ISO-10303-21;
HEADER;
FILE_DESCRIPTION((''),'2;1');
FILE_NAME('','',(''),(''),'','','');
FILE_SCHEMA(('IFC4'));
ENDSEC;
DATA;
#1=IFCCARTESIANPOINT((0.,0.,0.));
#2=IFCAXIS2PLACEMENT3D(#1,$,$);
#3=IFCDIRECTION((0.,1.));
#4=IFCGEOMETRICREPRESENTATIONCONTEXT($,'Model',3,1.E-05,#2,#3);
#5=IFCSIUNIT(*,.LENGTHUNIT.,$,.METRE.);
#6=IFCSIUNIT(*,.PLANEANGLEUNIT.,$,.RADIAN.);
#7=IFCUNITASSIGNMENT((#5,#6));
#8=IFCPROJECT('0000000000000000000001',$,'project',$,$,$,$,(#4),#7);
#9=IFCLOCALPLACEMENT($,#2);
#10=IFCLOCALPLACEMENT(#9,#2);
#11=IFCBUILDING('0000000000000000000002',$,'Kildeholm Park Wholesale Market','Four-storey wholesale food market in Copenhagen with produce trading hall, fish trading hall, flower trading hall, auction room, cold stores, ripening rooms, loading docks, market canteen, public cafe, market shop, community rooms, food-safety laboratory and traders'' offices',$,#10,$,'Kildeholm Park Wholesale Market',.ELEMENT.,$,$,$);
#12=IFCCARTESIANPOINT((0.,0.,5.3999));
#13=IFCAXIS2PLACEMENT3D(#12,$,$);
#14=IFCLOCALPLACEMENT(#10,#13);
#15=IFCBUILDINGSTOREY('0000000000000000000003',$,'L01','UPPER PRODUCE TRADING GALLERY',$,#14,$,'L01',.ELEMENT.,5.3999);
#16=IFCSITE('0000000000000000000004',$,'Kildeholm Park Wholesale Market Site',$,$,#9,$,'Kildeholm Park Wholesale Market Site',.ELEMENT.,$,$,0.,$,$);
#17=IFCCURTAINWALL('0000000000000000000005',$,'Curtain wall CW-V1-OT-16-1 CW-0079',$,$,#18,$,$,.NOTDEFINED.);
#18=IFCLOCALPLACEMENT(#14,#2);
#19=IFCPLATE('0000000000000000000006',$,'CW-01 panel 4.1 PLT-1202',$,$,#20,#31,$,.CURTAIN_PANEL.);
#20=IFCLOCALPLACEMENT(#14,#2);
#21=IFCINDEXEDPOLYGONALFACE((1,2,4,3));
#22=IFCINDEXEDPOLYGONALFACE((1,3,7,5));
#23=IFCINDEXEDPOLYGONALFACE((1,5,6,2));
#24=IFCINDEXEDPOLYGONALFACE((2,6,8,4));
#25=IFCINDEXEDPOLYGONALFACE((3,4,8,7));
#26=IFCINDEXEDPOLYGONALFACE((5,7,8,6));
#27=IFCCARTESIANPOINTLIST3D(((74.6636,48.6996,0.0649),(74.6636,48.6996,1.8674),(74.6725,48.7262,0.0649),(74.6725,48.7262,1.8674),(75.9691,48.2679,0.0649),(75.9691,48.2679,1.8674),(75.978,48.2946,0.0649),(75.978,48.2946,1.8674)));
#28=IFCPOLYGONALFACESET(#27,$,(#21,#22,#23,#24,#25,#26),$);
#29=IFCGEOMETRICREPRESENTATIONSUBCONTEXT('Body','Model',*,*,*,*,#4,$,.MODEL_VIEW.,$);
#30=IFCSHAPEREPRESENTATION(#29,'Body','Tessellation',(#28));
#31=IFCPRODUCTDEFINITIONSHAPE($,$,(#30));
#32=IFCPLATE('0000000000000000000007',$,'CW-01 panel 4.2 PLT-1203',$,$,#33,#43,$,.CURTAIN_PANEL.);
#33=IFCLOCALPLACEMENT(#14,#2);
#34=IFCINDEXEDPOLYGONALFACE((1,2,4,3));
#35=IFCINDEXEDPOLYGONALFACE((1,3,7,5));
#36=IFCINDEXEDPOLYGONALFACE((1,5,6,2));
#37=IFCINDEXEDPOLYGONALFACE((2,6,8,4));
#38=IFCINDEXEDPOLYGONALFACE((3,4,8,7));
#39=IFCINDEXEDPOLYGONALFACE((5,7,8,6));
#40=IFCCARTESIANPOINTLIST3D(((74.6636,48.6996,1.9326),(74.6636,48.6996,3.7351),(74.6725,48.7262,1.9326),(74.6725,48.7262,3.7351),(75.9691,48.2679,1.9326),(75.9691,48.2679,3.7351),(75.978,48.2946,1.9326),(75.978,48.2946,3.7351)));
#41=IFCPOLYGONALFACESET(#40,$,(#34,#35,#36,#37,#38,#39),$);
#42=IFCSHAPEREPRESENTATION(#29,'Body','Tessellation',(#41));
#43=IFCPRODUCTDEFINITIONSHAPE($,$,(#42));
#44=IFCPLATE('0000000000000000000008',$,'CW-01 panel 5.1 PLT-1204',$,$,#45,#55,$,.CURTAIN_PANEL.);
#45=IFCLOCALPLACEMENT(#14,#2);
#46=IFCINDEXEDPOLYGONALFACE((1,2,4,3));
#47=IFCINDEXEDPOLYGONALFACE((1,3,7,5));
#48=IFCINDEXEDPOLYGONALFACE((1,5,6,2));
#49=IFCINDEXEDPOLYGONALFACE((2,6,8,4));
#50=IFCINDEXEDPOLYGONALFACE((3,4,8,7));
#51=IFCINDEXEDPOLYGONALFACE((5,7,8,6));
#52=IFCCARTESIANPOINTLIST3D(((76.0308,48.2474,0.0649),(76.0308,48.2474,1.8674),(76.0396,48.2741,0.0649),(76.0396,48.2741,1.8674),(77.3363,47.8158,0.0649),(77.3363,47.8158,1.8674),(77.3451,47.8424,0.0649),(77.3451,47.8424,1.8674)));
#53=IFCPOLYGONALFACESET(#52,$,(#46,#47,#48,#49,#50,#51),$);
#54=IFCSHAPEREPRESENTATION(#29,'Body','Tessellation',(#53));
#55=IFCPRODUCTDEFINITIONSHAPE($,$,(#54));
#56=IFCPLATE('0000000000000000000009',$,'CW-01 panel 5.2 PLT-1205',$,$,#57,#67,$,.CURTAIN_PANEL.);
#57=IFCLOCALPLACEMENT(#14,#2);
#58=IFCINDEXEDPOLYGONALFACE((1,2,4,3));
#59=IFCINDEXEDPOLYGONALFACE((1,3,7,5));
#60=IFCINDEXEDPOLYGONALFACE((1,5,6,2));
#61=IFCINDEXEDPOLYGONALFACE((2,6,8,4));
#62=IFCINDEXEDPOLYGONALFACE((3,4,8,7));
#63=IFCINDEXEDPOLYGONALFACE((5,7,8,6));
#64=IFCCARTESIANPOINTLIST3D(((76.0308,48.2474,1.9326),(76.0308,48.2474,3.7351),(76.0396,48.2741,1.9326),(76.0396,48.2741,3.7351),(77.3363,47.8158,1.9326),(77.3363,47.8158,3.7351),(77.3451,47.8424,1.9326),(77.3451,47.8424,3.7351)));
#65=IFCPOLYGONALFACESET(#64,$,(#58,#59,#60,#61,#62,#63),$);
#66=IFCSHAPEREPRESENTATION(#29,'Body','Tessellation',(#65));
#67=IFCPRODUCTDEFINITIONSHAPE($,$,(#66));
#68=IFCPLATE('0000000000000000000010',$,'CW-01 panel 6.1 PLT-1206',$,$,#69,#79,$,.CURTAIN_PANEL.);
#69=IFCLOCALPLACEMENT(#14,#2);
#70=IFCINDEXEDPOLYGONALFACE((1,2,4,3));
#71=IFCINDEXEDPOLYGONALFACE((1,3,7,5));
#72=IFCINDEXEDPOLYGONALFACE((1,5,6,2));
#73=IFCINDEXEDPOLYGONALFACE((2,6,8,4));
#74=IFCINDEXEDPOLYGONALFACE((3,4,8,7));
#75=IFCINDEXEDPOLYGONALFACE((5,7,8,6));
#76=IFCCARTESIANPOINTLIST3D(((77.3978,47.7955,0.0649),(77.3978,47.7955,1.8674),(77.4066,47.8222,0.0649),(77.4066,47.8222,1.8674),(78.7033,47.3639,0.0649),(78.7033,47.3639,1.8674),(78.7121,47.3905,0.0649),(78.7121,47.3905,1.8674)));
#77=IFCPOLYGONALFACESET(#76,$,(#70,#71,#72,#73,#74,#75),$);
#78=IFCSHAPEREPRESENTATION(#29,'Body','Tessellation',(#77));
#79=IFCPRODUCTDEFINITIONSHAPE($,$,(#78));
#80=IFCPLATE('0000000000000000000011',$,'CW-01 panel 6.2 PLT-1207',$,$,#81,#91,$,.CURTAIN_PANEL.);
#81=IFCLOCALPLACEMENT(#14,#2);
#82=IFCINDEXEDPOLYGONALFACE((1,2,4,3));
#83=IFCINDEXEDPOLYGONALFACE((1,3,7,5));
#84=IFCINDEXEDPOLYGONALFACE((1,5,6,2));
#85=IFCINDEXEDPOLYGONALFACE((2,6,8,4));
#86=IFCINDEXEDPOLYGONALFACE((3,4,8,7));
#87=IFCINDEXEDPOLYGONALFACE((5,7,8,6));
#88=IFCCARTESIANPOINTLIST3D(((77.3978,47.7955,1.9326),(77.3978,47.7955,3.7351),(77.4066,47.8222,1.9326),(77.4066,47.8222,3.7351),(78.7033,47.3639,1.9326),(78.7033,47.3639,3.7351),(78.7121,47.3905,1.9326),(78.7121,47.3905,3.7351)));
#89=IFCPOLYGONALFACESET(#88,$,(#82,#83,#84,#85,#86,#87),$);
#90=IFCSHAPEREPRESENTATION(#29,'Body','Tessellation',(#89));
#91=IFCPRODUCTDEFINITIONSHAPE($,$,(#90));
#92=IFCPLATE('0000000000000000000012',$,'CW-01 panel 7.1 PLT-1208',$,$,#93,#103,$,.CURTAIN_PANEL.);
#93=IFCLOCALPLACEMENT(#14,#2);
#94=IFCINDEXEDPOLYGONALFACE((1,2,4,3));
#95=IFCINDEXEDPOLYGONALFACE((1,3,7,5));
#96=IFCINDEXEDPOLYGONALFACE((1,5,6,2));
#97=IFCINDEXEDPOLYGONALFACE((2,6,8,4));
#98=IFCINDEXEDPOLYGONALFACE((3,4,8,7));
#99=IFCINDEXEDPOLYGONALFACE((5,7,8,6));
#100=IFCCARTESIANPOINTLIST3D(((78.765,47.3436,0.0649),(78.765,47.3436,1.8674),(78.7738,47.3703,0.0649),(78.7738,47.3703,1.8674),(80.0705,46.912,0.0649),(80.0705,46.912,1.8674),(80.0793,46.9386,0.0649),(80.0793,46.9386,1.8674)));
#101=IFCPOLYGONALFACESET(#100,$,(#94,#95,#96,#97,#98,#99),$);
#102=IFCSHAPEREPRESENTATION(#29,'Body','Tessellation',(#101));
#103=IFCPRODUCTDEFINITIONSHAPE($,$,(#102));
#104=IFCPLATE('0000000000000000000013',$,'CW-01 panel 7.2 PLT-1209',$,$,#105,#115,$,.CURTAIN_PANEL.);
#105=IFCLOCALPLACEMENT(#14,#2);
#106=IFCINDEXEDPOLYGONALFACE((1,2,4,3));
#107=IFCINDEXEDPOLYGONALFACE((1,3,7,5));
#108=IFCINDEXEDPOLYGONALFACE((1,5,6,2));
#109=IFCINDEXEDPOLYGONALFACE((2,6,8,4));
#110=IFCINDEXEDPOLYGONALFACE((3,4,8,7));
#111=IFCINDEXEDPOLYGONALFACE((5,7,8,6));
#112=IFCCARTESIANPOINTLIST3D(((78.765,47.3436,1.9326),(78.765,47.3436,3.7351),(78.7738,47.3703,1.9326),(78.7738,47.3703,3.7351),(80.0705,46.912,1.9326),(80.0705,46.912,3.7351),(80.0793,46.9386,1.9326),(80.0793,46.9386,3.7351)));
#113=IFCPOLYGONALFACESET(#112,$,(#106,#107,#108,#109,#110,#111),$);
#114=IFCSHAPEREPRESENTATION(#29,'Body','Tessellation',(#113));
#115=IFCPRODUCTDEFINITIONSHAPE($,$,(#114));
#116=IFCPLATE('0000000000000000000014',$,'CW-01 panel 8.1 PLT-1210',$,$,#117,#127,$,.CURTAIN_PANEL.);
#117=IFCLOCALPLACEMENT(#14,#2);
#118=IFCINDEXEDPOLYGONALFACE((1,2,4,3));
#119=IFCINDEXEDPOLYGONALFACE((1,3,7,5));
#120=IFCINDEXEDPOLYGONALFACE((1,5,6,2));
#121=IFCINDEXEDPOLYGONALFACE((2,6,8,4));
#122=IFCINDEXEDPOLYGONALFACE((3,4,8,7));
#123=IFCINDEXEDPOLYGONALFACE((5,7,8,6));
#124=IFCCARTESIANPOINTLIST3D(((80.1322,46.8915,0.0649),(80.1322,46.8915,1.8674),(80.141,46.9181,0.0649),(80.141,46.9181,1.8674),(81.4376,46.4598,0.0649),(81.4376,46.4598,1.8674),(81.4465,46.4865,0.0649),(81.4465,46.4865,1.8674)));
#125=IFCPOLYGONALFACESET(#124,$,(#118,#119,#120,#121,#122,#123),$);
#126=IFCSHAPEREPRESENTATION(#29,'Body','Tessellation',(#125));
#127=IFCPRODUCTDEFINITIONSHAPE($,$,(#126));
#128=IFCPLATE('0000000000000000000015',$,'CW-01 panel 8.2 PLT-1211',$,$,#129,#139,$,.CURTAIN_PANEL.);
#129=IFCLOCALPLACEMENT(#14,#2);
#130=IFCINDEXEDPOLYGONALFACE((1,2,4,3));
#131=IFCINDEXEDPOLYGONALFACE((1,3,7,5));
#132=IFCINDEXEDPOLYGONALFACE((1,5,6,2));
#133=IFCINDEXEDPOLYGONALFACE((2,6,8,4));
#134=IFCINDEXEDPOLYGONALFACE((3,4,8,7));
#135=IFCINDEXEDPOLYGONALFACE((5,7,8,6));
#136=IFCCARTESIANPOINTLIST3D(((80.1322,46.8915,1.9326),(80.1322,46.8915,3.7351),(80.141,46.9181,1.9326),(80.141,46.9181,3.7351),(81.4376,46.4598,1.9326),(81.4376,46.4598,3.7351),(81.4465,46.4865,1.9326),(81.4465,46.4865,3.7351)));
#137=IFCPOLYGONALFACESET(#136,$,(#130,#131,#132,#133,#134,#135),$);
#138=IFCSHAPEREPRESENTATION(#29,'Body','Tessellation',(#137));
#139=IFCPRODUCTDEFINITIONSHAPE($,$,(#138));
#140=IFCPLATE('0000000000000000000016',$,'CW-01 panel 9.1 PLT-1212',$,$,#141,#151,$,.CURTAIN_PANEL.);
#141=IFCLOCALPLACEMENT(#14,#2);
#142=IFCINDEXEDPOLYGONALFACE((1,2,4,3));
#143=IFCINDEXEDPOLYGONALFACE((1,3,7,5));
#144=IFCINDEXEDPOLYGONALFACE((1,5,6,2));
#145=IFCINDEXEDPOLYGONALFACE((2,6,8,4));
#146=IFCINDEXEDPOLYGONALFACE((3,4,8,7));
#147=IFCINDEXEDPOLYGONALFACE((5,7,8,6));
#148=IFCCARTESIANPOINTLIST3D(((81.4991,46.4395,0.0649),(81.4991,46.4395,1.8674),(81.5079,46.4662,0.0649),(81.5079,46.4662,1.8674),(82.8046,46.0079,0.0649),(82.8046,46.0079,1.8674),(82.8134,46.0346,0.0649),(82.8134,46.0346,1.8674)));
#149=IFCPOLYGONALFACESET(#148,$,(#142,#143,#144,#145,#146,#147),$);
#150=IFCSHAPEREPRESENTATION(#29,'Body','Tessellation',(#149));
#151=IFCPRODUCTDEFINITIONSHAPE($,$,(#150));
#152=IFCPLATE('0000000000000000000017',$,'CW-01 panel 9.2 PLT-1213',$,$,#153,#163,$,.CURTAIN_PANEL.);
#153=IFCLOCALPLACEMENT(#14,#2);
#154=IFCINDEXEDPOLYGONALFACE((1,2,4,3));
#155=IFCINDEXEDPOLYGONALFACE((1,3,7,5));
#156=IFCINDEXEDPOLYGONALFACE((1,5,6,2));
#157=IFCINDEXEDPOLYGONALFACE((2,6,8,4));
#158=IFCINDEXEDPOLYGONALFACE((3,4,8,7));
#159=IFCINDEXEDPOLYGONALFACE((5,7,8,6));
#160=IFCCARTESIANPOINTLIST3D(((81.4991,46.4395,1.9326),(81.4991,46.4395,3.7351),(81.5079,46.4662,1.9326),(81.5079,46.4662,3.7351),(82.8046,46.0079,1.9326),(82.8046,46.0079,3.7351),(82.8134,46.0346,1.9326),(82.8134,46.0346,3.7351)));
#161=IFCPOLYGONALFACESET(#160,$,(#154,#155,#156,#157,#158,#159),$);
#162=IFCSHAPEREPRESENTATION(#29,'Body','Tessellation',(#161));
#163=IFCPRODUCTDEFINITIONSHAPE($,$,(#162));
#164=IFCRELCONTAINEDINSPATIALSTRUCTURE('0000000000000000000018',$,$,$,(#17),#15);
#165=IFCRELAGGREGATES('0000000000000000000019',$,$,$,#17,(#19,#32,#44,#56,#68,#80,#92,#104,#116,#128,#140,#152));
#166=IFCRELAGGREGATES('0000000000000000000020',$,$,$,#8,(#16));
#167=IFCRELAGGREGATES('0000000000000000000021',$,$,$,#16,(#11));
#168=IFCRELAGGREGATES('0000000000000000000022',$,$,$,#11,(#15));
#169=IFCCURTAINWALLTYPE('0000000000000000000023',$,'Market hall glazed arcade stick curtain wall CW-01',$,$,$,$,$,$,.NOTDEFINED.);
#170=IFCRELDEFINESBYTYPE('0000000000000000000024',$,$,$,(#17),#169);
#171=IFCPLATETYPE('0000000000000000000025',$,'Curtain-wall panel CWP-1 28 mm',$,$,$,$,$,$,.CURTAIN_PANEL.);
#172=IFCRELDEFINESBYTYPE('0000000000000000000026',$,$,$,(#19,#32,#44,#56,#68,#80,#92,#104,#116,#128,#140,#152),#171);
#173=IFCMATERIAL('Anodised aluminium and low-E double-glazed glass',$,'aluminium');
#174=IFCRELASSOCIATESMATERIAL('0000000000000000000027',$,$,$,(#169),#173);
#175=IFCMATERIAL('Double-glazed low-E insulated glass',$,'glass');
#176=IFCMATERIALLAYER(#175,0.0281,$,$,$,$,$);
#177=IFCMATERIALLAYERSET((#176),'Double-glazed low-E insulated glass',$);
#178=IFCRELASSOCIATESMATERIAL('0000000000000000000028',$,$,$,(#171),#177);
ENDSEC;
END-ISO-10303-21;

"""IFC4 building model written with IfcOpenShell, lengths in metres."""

from ifc_helpers import new_model, si_unit, direction, frame, origin, origin_2d, place, context, subcontext, project, spatial, rectangle, extrude, material, layer, layer_set, type_object, element, aggregate, save


model = new_model("IFC4")

# Units and contexts
model_context = context("Model", 3, precision=1e-05, world=origin(), true_north=direction((0.0, 1.0)))
body_context = subcontext(model_context, "Body", "Model", "MODEL_VIEW")
ifc_project = project(units=[si_unit("LENGTHUNIT", "METRE"), si_unit("PLANEANGLEUNIT", "RADIAN")], contexts=[model_context])

# Site, building, storey
site_placement = place(None, origin())
site = spatial("IfcSite", under=ifc_project, at=site_placement, Name="Kildeholm Park Wholesale Market Site", LongName="Kildeholm Park Wholesale Market Site", CompositionType="ELEMENT", RefElevation=0.0)
building_placement = place(site_placement, origin())
building = spatial("IfcBuilding", under=site, at=building_placement, Name="Kildeholm Park Wholesale Market", Description="Four-storey wholesale food market in Copenhagen with produce trading hall, fish trading hall, flower trading hall, auction room, cold stores, ripening rooms, loading docks, market canteen, public cafe, market shop, community rooms, food-safety laboratory and traders' offices", LongName="Kildeholm Park Wholesale Market", CompositionType="ELEMENT")
storey_placement = place(building_placement, frame((0.0, 0.0, 5.3999)))
storey = spatial("IfcBuildingStorey", under=building, at=storey_placement, Name="L01", Description="UPPER PRODUCE TRADING GALLERY", LongName="L01", CompositionType="ELEMENT", Elevation=5.3999)

# Curtain wall, plates
ifc_material_1 = material(Name="Anodised aluminium and low-E double-glazed glass", Category="aluminium")
curtain_wall_type = type_object("IfcCurtainWallType", Name="Market hall glazed arcade stick curtain wall CW-01", PredefinedType="NOTDEFINED", material=ifc_material_1)
curtain_wall_placement = place(storey_placement, origin())
curtain_wall = element("IfcCurtainWall", 1, at=curtain_wall_placement, inside=storey, type_object=curtain_wall_type, Name="Curtain wall CW-V1-OT-16-1 CW-0079", PredefinedType="NOTDEFINED")
ifc_material_2 = material(Name="Double-glazed low-E insulated glass", Category="glass")
ifc_layer = layer(ifc_material_2, 0.0281)
ifc_layer_set = layer_set([ifc_layer], Name="Double-glazed low-E insulated glass")
plate_type = type_object("IfcPlateType", Name="Curtain-wall panel CWP-1 28 mm", PredefinedType="CURTAIN_PANEL", material=ifc_layer_set)
plate_1_placement = place(storey_placement, frame((75.3208, 48.4971, 0.0649), z_axis=(0.0, 0.0, 1.0), x_axis=(0.949451, -0.313914, 0.0)))
plate_1 = element("IfcPlate", 2, at=plate_1_placement, type_object=plate_type, Name="CW-01 panel 4.1 PLT-1202", PredefinedType="CURTAIN_PANEL", context=body_context, shape_type="SweptSolid", body=[
    extrude(rectangle(XDim=1.375, YDim=0.0281, at=origin_2d()), origin(), (0.0, 0.0, 1.0), 1.8025),
])
plate_2_placement = place(storey_placement, frame((75.3208, 48.4971, 1.9326), z_axis=(0.0, 0.0, 1.0), x_axis=(0.949451, -0.313914, 0.0)))
plate_2 = element("IfcPlate", 3, at=plate_2_placement, type_object=plate_type, Name="CW-01 panel 4.2 PLT-1203", PredefinedType="CURTAIN_PANEL", context=body_context, shape_type="SweptSolid", body=[
    extrude(rectangle(XDim=1.375, YDim=0.0281, at=origin_2d()), origin(), (0.0, 0.0, 1.0), 1.8025),
])
plate_3_placement = place(storey_placement, frame((76.688, 48.0449, 0.0649), z_axis=(0.0, 0.0, 1.0), x_axis=(0.949451, -0.313914, 0.0)))
plate_3 = element("IfcPlate", 4, at=plate_3_placement, type_object=plate_type, Name="CW-01 panel 5.1 PLT-1204", PredefinedType="CURTAIN_PANEL", context=body_context, shape_type="SweptSolid", body=[
    extrude(rectangle(XDim=1.375, YDim=0.0281, at=origin_2d()), origin(), (0.0, 0.0, 1.0), 1.8025),
])
plate_4_placement = place(storey_placement, frame((76.688, 48.0449, 1.9326), z_axis=(0.0, 0.0, 1.0), x_axis=(0.949451, -0.313914, 0.0)))
plate_4 = element("IfcPlate", 5, at=plate_4_placement, type_object=plate_type, Name="CW-01 panel 5.2 PLT-1205", PredefinedType="CURTAIN_PANEL", context=body_context, shape_type="SweptSolid", body=[
    extrude(rectangle(XDim=1.375, YDim=0.0281, at=origin_2d()), origin(), (0.0, 0.0, 1.0), 1.8025),
])
plate_5_placement = place(storey_placement, frame((78.0549, 47.593, 0.0649), z_axis=(0.0, 0.0, 1.0), x_axis=(0.949451, -0.313914, 0.0)))
plate_5 = element("IfcPlate", 6, at=plate_5_placement, type_object=plate_type, Name="CW-01 panel 6.1 PLT-1206", PredefinedType="CURTAIN_PANEL", context=body_context, shape_type="SweptSolid", body=[
    extrude(rectangle(XDim=1.375, YDim=0.0281, at=origin_2d()), origin(), (0.0, 0.0, 1.0), 1.8025),
])
plate_6_placement = place(storey_placement, frame((78.0549, 47.593, 1.9326), z_axis=(0.0, 0.0, 1.0), x_axis=(0.949451, -0.313914, 0.0)))
plate_6 = element("IfcPlate", 7, at=plate_6_placement, type_object=plate_type, Name="CW-01 panel 6.2 PLT-1207", PredefinedType="CURTAIN_PANEL", context=body_context, shape_type="SweptSolid", body=[
    extrude(rectangle(XDim=1.375, YDim=0.0281, at=origin_2d()), origin(), (0.0, 0.0, 1.0), 1.8025),
])
plate_7_placement = place(storey_placement, frame((79.4221, 47.1411, 0.0649), z_axis=(0.0, 0.0, 1.0), x_axis=(0.949451, -0.313914, 0.0)))
plate_7 = element("IfcPlate", 8, at=plate_7_placement, type_object=plate_type, Name="CW-01 panel 7.1 PLT-1208", PredefinedType="CURTAIN_PANEL", context=body_context, shape_type="SweptSolid", body=[
    extrude(rectangle(XDim=1.375, YDim=0.0281, at=origin_2d()), origin(), (0.0, 0.0, 1.0), 1.8025),
])
plate_8_placement = place(storey_placement, frame((79.4221, 47.1411, 1.9326), z_axis=(0.0, 0.0, 1.0), x_axis=(0.949451, -0.313914, 0.0)))
plate_8 = element("IfcPlate", 9, at=plate_8_placement, type_object=plate_type, Name="CW-01 panel 7.2 PLT-1209", PredefinedType="CURTAIN_PANEL", context=body_context, shape_type="SweptSolid", body=[
    extrude(rectangle(XDim=1.375, YDim=0.0281, at=origin_2d()), origin(), (0.0, 0.0, 1.0), 1.8025),
])
plate_9_placement = place(storey_placement, frame((80.7893, 46.689, 0.0649), z_axis=(0.0, 0.0, 1.0), x_axis=(0.949451, -0.313914, 0.0)))
plate_9 = element("IfcPlate", 10, at=plate_9_placement, type_object=plate_type, Name="CW-01 panel 8.1 PLT-1210", PredefinedType="CURTAIN_PANEL", context=body_context, shape_type="SweptSolid", body=[
    extrude(rectangle(XDim=1.375, YDim=0.0281, at=origin_2d()), origin(), (0.0, 0.0, 1.0), 1.8025),
])
plate_10_placement = place(storey_placement, frame((80.7893, 46.689, 1.9326), z_axis=(0.0, 0.0, 1.0), x_axis=(0.949451, -0.313914, 0.0)))
plate_10 = element("IfcPlate", 11, at=plate_10_placement, type_object=plate_type, Name="CW-01 panel 8.2 PLT-1211", PredefinedType="CURTAIN_PANEL", context=body_context, shape_type="SweptSolid", body=[
    extrude(rectangle(XDim=1.375, YDim=0.0281, at=origin_2d()), origin(), (0.0, 0.0, 1.0), 1.8025),
])
plate_11_placement = place(storey_placement, frame((82.1562, 46.2371, 0.0649), z_axis=(0.0, 0.0, 1.0), x_axis=(0.949451, -0.313914, 0.0)))
plate_11 = element("IfcPlate", 12, at=plate_11_placement, type_object=plate_type, Name="CW-01 panel 9.1 PLT-1212", PredefinedType="CURTAIN_PANEL", context=body_context, shape_type="SweptSolid", body=[
    extrude(rectangle(XDim=1.375, YDim=0.0281, at=origin_2d()), origin(), (0.0, 0.0, 1.0), 1.8025),
])
plate_12_placement = place(storey_placement, frame((82.1562, 46.2371, 1.9326), z_axis=(0.0, 0.0, 1.0), x_axis=(0.949451, -0.313914, 0.0)))
plate_12 = element("IfcPlate", 13, at=plate_12_placement, type_object=plate_type, Name="CW-01 panel 9.2 PLT-1213", PredefinedType="CURTAIN_PANEL", context=body_context, shape_type="SweptSolid", body=[
    extrude(rectangle(XDim=1.375, YDim=0.0281, at=origin_2d()), origin(), (0.0, 0.0, 1.0), 1.8025),
])
aggregate(curtain_wall, [plate_1, plate_2, plate_3, plate_4, plate_5, plate_6, plate_7, plate_8, plate_9, plate_10, plate_11, plate_12])

save(model, "model.ifc")
